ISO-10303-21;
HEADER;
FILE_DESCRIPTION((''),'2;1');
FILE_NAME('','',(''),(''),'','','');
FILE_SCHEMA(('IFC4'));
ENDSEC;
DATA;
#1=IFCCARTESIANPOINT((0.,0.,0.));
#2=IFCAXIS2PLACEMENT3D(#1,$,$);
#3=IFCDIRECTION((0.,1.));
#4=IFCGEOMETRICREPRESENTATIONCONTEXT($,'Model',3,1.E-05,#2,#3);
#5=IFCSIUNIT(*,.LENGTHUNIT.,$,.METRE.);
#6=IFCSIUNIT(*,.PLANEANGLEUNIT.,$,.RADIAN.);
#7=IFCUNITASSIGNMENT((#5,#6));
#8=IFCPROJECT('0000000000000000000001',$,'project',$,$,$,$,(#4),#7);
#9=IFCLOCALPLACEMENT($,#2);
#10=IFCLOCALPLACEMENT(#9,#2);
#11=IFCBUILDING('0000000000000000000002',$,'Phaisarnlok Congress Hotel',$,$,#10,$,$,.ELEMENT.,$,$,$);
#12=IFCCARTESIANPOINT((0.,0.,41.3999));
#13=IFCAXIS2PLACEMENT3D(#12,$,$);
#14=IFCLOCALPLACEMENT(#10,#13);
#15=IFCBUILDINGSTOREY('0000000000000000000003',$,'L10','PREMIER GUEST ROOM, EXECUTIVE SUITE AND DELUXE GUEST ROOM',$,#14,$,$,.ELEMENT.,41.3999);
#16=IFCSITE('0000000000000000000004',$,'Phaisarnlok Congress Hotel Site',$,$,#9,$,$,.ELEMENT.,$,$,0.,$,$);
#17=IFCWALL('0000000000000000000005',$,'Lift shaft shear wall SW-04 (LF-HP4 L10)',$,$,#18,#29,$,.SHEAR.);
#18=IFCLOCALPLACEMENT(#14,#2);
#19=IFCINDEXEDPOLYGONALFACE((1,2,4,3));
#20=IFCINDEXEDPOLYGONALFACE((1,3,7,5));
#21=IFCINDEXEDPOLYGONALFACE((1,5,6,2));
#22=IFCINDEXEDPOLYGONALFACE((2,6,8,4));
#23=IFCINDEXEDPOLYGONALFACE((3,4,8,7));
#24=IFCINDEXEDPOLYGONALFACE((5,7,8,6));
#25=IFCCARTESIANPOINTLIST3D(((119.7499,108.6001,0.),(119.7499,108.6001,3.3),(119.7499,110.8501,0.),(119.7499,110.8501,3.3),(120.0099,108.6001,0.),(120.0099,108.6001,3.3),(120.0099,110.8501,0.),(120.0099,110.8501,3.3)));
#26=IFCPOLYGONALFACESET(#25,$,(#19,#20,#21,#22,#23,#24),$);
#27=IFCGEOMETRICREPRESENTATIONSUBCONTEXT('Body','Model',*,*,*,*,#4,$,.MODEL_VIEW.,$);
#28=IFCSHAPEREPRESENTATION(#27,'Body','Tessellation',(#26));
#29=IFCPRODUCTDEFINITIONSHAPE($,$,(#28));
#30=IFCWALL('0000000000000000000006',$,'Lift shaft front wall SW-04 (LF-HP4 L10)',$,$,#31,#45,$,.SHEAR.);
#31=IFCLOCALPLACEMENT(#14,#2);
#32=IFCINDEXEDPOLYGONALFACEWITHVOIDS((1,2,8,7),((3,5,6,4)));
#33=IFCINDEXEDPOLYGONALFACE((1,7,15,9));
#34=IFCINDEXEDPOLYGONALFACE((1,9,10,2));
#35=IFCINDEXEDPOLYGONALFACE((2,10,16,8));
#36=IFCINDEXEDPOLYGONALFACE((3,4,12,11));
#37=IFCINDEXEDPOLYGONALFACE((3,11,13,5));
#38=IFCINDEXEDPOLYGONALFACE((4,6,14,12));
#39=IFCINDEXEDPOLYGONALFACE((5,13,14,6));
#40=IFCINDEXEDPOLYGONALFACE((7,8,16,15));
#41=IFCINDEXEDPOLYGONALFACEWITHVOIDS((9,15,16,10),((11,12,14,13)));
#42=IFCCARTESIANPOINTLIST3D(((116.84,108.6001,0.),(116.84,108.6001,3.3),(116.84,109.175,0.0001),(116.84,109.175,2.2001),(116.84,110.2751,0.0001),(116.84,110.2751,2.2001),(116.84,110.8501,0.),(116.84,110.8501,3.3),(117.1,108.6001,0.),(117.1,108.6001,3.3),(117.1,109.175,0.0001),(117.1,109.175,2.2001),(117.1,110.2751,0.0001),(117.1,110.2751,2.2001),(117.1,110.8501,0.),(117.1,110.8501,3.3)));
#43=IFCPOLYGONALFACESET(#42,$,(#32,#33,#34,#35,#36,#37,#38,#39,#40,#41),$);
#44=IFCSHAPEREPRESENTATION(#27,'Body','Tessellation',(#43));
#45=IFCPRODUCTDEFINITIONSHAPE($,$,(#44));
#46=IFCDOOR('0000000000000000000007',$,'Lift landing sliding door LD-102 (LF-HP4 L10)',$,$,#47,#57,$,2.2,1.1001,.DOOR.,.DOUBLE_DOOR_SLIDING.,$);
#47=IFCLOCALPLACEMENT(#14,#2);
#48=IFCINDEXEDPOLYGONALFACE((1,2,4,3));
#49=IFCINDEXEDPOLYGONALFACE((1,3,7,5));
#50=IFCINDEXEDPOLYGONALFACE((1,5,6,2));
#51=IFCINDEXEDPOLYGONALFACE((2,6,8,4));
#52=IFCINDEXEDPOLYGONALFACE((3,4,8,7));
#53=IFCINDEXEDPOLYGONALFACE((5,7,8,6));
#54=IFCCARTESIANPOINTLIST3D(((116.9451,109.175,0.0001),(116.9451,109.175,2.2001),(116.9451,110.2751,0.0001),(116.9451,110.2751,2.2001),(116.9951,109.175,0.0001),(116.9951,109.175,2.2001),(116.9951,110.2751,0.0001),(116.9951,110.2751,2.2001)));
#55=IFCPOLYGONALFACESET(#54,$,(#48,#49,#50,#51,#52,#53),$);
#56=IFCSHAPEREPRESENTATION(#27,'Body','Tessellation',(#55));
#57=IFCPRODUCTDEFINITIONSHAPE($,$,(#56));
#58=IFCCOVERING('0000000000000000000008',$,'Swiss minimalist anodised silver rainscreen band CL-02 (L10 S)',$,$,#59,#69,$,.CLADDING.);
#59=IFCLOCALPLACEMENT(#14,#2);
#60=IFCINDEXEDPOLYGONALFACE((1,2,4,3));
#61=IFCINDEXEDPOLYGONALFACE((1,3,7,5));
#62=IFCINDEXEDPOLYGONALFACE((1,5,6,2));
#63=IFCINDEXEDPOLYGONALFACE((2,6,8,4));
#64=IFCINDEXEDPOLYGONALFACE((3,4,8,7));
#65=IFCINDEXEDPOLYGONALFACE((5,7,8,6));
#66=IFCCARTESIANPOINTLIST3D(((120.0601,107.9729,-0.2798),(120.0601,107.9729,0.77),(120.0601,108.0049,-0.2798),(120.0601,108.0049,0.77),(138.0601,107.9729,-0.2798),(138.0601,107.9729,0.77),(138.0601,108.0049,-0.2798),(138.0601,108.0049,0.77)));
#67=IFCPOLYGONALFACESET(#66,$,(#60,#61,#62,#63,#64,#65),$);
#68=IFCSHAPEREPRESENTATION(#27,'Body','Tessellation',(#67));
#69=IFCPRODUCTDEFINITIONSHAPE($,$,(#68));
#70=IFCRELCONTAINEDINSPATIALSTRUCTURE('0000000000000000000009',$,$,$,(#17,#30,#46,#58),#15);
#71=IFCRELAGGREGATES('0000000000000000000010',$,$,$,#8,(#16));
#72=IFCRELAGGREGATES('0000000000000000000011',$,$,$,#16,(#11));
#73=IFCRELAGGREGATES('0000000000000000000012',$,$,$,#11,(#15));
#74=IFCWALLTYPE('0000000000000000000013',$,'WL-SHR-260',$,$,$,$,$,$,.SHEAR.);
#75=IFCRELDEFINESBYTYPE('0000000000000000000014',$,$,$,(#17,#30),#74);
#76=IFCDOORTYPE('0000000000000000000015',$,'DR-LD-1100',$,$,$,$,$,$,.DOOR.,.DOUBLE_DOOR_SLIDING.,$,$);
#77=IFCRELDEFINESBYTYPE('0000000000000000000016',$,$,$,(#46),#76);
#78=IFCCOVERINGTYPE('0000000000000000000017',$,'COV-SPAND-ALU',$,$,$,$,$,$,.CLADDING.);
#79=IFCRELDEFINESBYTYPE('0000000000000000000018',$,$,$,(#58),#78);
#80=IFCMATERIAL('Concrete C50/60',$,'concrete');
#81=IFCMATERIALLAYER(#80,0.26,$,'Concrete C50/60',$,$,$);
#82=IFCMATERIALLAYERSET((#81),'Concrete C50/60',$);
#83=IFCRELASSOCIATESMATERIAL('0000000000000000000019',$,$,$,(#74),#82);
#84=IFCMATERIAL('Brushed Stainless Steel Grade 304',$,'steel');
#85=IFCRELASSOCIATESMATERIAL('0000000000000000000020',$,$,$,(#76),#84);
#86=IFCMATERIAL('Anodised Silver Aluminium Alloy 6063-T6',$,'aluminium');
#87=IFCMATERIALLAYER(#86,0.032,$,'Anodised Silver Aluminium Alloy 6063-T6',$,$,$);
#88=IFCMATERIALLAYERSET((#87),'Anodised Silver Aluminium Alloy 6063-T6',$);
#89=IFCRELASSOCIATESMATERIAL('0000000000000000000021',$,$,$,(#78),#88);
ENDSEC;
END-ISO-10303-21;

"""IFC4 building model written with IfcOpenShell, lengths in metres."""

from ifc_helpers import new_model, si_unit, direction, frame, frame_2d, origin, place, context, subcontext, project, spatial, polyline, rectangle, outline, extrude, material, layer, layer_set, type_object, element, fill, save


model = new_model("IFC4")

# Units and contexts
model_context = context("Model", 3, precision=1e-05, world=origin(), true_north=direction((0.0, 1.0)))
body_context = subcontext(model_context, "Body", "Model", "MODEL_VIEW")
ifc_project = project(units=[si_unit("LENGTHUNIT", "METRE"), si_unit("PLANEANGLEUNIT", "RADIAN")], contexts=[model_context])

# Site, building, storey
site_placement = place(None, origin())
site = spatial("IfcSite", under=ifc_project, at=site_placement, Name="Phaisarnlok Congress Hotel Site", CompositionType="ELEMENT", RefElevation=0.0)
building_placement = place(site_placement, origin())
building = spatial("IfcBuilding", under=site, at=building_placement, Name="Phaisarnlok Congress Hotel", CompositionType="ELEMENT")
storey_placement = place(building_placement, frame((0.0, 0.0, 41.3999)))
storey = spatial("IfcBuildingStorey", under=building, at=storey_placement, Name="L10", Description="PREMIER GUEST ROOM, EXECUTIVE SUITE AND DELUXE GUEST ROOM", CompositionType="ELEMENT", Elevation=41.3999)

# Shared definitions
ifc_material_1 = material(Name="Concrete C50/60", Category="concrete")

# Wall
ifc_layer_1 = layer(ifc_material_1, 0.26, Name="Concrete C50/60")
ifc_layer_set_1 = layer_set([ifc_layer_1], Name="Concrete C50/60")
wall_type_1 = type_object("IfcWallType", Name="WL-SHR-260", PredefinedType="SHEAR", material=ifc_layer_set_1)
wall_1_placement = place(storey_placement, frame((119.8799, 108.6001, 0.0), z_axis=(0.0, 0.0, 1.0), x_axis=(0.0, 1.0, 0.0)))
element("IfcWall", 1, at=wall_1_placement, inside=storey, type_object=wall_type_1, Name="Lift shaft shear wall SW-04 (LF-HP4 L10)", PredefinedType="SHEAR", context=body_context, shape_type="SweptSolid", body=[
    extrude(rectangle(XDim=2.25, YDim=0.26, at=frame_2d((1.125, 0.0))), origin(), (0.0, 0.0, 1.0), 3.3),
])

# Wall, opening, door
wall_2_placement = place(storey_placement, frame((116.97, 108.6001, 0.0), z_axis=(0.0, 0.0, 1.0), x_axis=(0.0, 1.0, 0.0)))
wall_2 = element("IfcWall", 2, at=wall_2_placement, inside=storey, type_object=wall_type_1, Name="Lift shaft front wall SW-04 (LF-HP4 L10)", PredefinedType="SHEAR", context=body_context, shape_type="SweptSolid", body=[
    extrude(rectangle(XDim=2.25, YDim=0.26, at=frame_2d((1.125, 0.0))), origin(), (0.0, 0.0, 1.0), 3.3),
])
opening_placement = place(wall_2_placement, frame((0.575, 0.0, 0.0)))
opening = element("IfcOpeningElement", 3, at=opening_placement, cuts=wall_2, PredefinedType="OPENING", context=body_context, shape_type="SweptSolid", body=[
    extrude(rectangle(XDim=1.1001, YDim=2.2, at=frame_2d((0.55, 1.1001))), frame((0.0, 0.1401, 0.0), z_axis=(0.0, -1.0, 0.0), x_axis=(1.0, 0.0, 0.0)), (0.0, 0.0, 1.0), 0.28),
])
ifc_material_2 = material(Name="Brushed Stainless Steel Grade 304", Category="steel")
door_type = type_object("IfcDoorType", Name="DR-LD-1100", OperationType="DOUBLE_DOOR_SLIDING", PredefinedType="DOOR", material=ifc_material_2)
door_placement = place(opening_placement, origin())
door = element("IfcDoor", 4, at=door_placement, inside=storey, type_object=door_type, Name="Lift landing sliding door LD-102 (LF-HP4 L10)", OperationType="DOUBLE_DOOR_SLIDING", OverallHeight=2.2, OverallWidth=1.1001, PredefinedType="DOOR", context=body_context, shape_type="SweptSolid", body=[
    extrude(rectangle(XDim=1.1001, YDim=2.2, at=frame_2d((0.55, 1.1001))), frame((0.0, 0.0249, 0.0), z_axis=(0.0, -1.0, 0.0), x_axis=(1.0, 0.0, 0.0)), (0.0, 0.0, 1.0), 0.05),
])
fill(opening, door)

# Covering
ifc_material_3 = material(Name="Anodised Silver Aluminium Alloy 6063-T6", Category="aluminium")
ifc_layer_2 = layer(ifc_material_3, 0.032, Name="Anodised Silver Aluminium Alloy 6063-T6")
ifc_layer_set_2 = layer_set([ifc_layer_2], Name="Anodised Silver Aluminium Alloy 6063-T6")
covering_type = type_object("IfcCoveringType", Name="COV-SPAND-ALU", PredefinedType="CLADDING", material=ifc_layer_set_2)
covering_placement = place(storey_placement, frame((120.0601, 108.0049, -0.2798), z_axis=(0.0, -1.0, 0.0), x_axis=(1.0, 0.0, 0.0)))
element("IfcCovering", 5, at=covering_placement, inside=storey, type_object=covering_type, Name="Swiss minimalist anodised silver rainscreen band CL-02 (L10 S)", PredefinedType="CLADDING", context=body_context, shape_type="SweptSolid", body=[
    extrude(outline(polyline([(0.0, 0.0), (18.0, 0.0), (18.0, 1.0498), (0.0, 1.0498), (0.0, 0.0)])), origin(), (0.0, 0.0, 1.0), 0.032),
])

save(model, "model.ifc")
